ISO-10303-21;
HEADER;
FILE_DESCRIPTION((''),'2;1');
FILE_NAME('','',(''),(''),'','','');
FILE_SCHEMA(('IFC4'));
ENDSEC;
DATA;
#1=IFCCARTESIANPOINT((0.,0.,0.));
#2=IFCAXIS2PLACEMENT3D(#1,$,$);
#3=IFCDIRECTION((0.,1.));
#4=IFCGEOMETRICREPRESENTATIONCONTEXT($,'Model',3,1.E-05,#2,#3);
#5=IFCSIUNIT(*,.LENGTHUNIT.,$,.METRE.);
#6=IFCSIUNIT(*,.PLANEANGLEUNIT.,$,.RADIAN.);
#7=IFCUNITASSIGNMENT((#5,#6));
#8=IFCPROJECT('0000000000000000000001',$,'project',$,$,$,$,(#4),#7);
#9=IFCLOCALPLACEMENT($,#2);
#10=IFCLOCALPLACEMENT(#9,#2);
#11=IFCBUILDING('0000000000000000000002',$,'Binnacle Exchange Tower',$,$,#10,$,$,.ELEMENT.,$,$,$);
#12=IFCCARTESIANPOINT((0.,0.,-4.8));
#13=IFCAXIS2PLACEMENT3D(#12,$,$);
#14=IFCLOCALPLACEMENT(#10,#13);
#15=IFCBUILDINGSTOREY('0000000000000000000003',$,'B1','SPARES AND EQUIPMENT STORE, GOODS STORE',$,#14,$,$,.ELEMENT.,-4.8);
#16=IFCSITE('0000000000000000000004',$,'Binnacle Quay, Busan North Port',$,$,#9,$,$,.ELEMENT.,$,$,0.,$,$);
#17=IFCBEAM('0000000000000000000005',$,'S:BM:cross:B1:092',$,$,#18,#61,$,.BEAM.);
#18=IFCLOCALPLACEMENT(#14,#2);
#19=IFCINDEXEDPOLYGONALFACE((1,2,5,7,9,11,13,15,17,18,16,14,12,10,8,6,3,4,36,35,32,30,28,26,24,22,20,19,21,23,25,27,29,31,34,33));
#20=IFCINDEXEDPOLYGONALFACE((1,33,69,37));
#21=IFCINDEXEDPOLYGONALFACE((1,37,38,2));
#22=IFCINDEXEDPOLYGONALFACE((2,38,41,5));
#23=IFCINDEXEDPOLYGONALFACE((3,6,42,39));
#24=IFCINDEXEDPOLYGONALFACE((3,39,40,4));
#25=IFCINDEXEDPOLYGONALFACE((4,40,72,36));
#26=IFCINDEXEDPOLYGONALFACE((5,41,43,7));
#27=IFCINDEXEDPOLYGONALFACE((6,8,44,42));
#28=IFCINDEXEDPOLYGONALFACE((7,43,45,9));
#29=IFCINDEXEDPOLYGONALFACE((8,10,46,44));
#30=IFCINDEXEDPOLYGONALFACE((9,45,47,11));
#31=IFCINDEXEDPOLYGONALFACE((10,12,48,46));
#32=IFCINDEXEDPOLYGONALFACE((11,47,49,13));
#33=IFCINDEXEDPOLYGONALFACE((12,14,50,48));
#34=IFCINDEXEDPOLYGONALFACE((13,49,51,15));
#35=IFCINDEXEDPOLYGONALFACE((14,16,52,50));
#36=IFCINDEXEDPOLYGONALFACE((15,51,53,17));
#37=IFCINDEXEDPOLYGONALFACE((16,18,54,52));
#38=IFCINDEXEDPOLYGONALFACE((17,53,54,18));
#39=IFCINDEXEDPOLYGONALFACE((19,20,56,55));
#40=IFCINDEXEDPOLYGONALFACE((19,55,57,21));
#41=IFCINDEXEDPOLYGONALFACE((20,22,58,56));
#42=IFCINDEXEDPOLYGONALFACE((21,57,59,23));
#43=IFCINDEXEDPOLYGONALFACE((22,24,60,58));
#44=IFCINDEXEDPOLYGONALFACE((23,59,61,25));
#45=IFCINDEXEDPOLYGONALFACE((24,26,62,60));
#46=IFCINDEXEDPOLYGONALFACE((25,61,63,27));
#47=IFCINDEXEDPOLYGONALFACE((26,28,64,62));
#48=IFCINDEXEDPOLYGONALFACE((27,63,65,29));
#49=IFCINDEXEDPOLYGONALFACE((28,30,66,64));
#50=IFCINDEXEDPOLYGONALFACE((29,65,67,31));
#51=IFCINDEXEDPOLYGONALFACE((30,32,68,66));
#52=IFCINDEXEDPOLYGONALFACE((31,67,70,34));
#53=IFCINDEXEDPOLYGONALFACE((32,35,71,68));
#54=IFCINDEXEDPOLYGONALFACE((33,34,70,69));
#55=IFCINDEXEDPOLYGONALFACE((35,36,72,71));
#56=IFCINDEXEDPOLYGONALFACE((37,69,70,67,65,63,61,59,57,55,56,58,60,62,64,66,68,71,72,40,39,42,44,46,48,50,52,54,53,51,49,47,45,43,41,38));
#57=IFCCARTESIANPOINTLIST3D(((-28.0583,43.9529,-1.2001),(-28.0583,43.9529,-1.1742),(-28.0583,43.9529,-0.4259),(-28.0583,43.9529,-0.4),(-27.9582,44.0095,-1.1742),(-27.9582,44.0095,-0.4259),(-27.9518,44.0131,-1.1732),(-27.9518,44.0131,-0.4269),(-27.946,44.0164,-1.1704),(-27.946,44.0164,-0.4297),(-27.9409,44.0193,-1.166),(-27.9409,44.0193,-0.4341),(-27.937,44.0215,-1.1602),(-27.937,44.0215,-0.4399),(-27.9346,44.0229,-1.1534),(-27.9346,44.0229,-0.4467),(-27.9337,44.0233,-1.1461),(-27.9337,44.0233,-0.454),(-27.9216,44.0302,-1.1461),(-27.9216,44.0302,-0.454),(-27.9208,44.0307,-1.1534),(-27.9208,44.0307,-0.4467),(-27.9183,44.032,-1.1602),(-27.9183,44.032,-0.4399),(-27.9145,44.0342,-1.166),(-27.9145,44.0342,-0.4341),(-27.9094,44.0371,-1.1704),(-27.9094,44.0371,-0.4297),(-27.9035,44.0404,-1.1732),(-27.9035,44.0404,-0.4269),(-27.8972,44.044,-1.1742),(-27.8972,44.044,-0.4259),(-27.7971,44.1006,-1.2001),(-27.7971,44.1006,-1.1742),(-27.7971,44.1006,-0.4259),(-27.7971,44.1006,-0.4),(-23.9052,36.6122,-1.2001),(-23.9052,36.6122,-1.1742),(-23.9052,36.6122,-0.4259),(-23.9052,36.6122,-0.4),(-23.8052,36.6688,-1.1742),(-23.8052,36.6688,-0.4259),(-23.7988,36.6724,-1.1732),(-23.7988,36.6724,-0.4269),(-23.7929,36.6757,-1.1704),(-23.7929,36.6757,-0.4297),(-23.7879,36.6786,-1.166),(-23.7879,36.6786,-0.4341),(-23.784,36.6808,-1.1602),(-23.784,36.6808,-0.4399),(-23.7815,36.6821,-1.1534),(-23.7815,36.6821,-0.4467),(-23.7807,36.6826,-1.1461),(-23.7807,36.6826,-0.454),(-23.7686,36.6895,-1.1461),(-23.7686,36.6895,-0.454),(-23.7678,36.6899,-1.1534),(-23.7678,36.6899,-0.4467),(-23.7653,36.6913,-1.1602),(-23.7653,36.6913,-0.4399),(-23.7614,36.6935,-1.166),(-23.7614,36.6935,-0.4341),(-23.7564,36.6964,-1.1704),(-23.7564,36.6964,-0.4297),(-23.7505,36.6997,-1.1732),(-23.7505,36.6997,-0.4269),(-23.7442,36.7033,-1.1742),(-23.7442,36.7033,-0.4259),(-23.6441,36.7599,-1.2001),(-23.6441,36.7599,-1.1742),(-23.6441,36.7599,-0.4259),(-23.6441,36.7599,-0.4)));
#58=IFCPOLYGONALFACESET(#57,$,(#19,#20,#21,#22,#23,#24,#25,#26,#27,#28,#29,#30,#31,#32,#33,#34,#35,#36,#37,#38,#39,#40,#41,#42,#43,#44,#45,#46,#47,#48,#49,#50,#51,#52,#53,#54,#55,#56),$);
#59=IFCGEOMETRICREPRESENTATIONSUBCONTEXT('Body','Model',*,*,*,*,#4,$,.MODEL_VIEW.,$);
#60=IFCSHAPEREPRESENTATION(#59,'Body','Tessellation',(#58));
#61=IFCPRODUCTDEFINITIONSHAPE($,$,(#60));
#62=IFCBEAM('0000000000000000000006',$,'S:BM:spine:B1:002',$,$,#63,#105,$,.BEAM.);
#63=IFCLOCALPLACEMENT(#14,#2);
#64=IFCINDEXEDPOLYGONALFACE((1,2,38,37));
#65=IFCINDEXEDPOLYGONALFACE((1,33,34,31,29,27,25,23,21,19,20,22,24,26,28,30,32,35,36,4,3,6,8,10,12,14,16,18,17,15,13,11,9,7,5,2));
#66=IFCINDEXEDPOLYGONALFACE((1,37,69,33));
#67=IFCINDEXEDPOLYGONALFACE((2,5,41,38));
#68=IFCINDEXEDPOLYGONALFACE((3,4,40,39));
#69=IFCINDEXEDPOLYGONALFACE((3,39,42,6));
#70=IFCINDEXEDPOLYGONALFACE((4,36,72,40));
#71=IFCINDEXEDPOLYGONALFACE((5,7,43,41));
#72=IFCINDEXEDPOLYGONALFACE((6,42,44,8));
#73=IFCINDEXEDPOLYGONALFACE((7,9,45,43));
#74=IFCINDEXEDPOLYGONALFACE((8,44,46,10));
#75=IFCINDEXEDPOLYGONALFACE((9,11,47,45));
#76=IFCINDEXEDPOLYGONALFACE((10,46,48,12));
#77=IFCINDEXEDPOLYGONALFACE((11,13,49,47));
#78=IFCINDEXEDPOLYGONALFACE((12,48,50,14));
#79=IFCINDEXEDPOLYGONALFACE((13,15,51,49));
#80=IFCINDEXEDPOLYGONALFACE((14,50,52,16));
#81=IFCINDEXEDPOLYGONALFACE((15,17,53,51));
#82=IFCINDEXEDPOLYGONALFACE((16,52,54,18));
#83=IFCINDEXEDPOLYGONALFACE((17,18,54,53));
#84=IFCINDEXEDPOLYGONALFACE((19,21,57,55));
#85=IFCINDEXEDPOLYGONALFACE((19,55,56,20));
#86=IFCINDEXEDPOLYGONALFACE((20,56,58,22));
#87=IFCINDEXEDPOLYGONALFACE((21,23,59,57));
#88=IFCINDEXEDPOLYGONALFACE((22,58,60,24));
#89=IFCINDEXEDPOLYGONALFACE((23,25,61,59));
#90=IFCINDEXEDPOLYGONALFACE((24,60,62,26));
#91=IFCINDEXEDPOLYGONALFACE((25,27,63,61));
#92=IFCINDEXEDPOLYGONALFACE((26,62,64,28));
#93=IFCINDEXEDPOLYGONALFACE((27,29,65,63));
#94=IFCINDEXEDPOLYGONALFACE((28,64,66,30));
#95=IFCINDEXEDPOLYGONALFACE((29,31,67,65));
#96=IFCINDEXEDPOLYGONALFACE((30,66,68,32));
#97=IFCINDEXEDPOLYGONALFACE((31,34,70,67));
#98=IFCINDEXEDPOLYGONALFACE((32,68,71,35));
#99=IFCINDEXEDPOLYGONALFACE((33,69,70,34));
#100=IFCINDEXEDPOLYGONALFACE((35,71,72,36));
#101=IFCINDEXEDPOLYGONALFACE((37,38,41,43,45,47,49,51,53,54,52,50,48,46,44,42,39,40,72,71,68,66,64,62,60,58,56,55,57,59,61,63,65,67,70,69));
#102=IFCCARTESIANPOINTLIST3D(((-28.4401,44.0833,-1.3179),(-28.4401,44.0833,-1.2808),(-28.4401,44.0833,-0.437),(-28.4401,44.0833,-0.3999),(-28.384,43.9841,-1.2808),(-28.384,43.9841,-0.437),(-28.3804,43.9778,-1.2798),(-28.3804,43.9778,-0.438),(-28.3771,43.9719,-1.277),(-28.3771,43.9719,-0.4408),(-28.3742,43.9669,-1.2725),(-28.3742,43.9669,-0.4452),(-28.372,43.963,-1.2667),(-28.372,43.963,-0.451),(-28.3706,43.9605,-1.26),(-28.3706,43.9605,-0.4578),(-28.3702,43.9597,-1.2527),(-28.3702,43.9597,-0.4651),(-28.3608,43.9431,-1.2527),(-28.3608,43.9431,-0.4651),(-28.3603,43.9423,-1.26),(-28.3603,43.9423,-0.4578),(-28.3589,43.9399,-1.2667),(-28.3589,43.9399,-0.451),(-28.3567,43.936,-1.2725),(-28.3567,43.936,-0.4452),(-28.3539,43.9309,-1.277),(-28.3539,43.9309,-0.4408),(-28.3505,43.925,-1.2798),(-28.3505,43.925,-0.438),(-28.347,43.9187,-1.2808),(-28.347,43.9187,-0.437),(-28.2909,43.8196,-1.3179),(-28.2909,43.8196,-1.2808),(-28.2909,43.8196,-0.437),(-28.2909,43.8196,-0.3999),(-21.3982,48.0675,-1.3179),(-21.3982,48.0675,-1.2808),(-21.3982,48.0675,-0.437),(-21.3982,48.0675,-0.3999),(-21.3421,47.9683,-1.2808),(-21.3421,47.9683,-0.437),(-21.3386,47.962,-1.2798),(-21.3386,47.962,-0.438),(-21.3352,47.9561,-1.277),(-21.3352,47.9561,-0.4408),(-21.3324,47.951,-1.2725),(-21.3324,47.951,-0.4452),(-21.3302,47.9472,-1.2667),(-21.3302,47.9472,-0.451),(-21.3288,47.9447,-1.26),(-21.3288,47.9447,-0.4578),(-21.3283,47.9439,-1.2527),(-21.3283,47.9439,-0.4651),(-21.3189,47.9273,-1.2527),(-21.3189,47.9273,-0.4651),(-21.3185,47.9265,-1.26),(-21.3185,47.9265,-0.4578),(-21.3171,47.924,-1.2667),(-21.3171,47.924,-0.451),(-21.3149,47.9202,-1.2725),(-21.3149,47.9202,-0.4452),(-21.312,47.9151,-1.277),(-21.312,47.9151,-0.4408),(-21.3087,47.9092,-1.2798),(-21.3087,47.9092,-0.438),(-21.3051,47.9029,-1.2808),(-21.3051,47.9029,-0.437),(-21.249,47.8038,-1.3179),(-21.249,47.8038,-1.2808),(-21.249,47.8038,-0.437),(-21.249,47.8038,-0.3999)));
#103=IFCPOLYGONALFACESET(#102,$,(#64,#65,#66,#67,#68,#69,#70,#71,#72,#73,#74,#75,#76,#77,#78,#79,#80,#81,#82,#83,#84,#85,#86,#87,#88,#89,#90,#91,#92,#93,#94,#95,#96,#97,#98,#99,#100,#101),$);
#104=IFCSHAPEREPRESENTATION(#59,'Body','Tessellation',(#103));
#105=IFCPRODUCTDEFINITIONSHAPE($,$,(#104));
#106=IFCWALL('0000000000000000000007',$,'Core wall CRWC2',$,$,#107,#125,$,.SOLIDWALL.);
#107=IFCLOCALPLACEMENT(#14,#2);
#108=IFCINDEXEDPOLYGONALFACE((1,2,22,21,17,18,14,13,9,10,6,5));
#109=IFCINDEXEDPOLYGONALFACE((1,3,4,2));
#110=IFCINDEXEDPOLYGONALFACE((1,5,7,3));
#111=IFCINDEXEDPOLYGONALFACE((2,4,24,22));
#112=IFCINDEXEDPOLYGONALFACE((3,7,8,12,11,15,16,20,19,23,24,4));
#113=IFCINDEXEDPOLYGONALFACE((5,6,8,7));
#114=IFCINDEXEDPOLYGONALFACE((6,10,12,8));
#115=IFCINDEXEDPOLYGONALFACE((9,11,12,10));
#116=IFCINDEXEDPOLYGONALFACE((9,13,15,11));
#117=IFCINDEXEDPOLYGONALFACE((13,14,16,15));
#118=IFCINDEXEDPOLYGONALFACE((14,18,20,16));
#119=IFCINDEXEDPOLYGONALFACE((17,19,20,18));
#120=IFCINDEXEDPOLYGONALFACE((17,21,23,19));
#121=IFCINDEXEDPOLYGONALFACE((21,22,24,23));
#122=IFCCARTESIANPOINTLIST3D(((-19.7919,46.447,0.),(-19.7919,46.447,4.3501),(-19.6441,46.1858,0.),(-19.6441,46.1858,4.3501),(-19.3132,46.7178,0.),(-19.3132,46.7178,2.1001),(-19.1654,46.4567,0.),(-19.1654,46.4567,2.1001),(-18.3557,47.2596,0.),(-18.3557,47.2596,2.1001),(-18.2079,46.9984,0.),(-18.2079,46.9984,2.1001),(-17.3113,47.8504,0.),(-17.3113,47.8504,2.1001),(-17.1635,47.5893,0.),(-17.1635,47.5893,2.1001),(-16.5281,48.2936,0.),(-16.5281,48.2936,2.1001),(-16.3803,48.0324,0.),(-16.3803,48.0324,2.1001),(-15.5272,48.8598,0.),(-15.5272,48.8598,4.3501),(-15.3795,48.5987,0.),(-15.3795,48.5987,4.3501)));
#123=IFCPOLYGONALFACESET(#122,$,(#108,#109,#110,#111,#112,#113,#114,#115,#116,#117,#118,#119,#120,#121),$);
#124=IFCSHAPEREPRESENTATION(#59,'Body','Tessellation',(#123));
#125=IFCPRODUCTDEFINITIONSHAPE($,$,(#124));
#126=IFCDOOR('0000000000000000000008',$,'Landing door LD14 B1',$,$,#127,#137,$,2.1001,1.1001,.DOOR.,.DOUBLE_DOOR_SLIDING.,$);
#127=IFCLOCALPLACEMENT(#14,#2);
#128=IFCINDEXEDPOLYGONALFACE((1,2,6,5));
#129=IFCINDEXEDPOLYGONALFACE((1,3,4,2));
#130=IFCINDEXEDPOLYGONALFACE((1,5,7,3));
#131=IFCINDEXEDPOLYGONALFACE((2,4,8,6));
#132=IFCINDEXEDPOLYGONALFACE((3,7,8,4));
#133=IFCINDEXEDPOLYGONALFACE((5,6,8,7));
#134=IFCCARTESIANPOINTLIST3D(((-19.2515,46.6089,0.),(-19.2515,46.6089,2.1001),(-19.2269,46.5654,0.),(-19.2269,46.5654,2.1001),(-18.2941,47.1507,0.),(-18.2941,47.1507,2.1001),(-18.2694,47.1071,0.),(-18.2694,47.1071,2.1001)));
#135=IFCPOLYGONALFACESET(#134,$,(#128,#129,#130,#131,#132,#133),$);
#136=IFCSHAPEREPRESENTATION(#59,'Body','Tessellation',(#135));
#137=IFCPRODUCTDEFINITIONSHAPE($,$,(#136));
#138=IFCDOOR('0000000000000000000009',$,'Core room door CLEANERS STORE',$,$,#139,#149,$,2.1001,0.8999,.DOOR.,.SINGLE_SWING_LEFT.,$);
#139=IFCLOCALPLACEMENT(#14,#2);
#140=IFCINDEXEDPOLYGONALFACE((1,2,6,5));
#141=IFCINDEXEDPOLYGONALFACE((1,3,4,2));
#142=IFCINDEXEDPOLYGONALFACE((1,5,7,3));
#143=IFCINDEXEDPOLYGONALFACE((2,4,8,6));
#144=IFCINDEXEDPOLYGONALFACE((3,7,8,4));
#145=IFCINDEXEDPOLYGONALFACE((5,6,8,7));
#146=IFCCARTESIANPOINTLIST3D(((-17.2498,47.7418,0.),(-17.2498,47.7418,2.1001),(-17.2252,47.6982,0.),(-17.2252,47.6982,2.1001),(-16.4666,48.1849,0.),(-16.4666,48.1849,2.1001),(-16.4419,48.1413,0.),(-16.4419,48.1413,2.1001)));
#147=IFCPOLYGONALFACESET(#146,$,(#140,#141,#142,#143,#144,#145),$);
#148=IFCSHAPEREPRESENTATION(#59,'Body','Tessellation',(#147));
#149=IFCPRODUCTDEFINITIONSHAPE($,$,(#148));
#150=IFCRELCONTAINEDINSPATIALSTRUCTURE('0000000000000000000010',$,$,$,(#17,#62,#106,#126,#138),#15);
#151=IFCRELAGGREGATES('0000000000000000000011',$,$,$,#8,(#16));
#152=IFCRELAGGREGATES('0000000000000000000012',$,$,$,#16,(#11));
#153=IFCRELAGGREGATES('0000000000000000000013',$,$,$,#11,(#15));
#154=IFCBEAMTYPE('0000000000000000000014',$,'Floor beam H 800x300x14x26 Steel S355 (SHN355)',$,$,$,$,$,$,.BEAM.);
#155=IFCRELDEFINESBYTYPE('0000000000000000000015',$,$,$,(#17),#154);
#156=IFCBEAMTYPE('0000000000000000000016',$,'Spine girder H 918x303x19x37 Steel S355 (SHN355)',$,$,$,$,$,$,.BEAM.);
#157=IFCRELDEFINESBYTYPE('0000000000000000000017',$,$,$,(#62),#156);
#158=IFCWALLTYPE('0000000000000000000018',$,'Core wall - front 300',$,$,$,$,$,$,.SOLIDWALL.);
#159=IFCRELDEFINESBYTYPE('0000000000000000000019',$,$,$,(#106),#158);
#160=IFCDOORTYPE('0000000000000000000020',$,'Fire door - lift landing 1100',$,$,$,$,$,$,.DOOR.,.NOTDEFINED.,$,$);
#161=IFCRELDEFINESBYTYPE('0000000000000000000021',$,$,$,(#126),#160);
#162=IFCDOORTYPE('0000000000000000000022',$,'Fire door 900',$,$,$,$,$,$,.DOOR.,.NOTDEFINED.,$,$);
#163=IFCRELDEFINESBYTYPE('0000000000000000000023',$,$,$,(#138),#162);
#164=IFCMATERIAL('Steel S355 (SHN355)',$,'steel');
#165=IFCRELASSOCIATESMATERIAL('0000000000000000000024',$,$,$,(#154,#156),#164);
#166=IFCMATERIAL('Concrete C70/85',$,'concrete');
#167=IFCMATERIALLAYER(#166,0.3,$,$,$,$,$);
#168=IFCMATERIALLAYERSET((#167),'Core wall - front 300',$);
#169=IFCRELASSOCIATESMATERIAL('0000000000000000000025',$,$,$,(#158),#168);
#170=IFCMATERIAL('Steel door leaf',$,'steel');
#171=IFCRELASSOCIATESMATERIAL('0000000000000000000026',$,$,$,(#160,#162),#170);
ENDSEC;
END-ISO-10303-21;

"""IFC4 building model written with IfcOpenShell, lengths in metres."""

from ifc_helpers import new_model, si_unit, direction, frame, frame_2d, origin, origin_2d, place, context, subcontext, project, spatial, rectangle, i_section, extrude, material, layer, layer_set, material_profile, profile_set, type_object, element, fill, save


model = new_model("IFC4")

# Units and contexts
model_context = context("Model", 3, precision=1e-05, world=origin(), true_north=direction((0.0, 1.0)))
body_context = subcontext(model_context, "Body", "Model", "MODEL_VIEW")
ifc_project = project(units=[si_unit("LENGTHUNIT", "METRE"), si_unit("PLANEANGLEUNIT", "RADIAN")], contexts=[model_context])

# Site, building, storey
site_placement = place(None, origin())
site = spatial("IfcSite", under=ifc_project, at=site_placement, Name="Binnacle Quay, Busan North Port", CompositionType="ELEMENT", RefElevation=0.0)
building_placement = place(site_placement, origin())
building = spatial("IfcBuilding", under=site, at=building_placement, Name="Binnacle Exchange Tower", CompositionType="ELEMENT")
storey_placement = place(building_placement, frame((0.0, 0.0, -4.8)))
storey = spatial("IfcBuildingStorey", under=building, at=storey_placement, Name="B1", Description="SPARES AND EQUIPMENT STORE, GOODS STORE", CompositionType="ELEMENT", Elevation=-4.8)

# Shared definitions
ifc_material_1 = material(Name="Concrete C70/85", Category="concrete")

# Beams
ifc_material_2 = material(Name="Steel S355 (SHN355)", Category="steel")
ifc_material_profile_1 = material_profile(ifc_material_2, i_section(OverallWidth=0.3, OverallDepth=0.8, WebThickness=0.0139, FlangeThickness=0.0259, FilletRadius=0.0281, at=origin_2d()), Name="H 800x300x14x26")
ifc_profile_set_1 = profile_set([ifc_material_profile_1], Name="Steel S355 (SHN355)")
beam_type_1 = type_object("IfcBeamType", Name="Floor beam H 800x300x14x26 Steel S355 (SHN355)", PredefinedType="BEAM", material=ifc_profile_set_1)
beam_1_placement = place(storey_placement, frame((-23.7747, 36.686, -0.8), z_axis=(-0.492409, 0.870364, 0.0), x_axis=(-0.870364, -0.492409, 0.0)))
element("IfcBeam", 1, at=beam_1_placement, inside=storey, type_object=beam_type_1, Name="S:BM:cross:B1:092", PredefinedType="BEAM", context=body_context, shape_type="SweptSolid", body=[
    extrude(i_section(OverallWidth=0.3, OverallDepth=0.8, WebThickness=0.0139, FlangeThickness=0.0259, FilletRadius=0.0281, at=origin_2d()), origin(), (0.0, 0.0, 1.0), 8.4341),
])
ifc_material_profile_2 = material_profile(ifc_material_2, i_section(OverallWidth=0.303, OverallDepth=0.918, WebThickness=0.019, FlangeThickness=0.0371, FilletRadius=0.0281, at=origin_2d()), Name="H 918x303x19x37")
ifc_profile_set_2 = profile_set([ifc_material_profile_2], Name="Steel S355 (SHN355)")
beam_type_2 = type_object("IfcBeamType", Name="Spine girder H 918x303x19x37 Steel S355 (SHN355)", PredefinedType="BEAM", material=ifc_profile_set_2)
beam_2_placement = place(storey_placement, frame((-28.3655, 43.9514, -0.8589), z_axis=(0.87035, 0.492433, 0.0), x_axis=(-0.492433, 0.87035, 0.0)))
element("IfcBeam", 2, at=beam_2_placement, inside=storey, type_object=beam_type_2, Name="S:BM:spine:B1:002", PredefinedType="BEAM", context=body_context, shape_type="SweptSolid", body=[
    extrude(i_section(OverallWidth=0.303, OverallDepth=0.918, WebThickness=0.019, FlangeThickness=0.0371, FilletRadius=0.0281, at=origin_2d()), origin(), (0.0, 0.0, 1.0), 8.0908),
])

# Wall, openings, doors
ifc_layer_1 = layer(ifc_material_1, 0.3)
ifc_layer_set_1 = layer_set([ifc_layer_1], Name="Core wall - front 300")
wall_type_1 = type_object("IfcWallType", Name="Core wall - front 300", PredefinedType="SOLIDWALL", material=ifc_layer_set_1)
wall_1_placement = place(storey_placement, frame((-19.718, 46.3164, 0.0), z_axis=(0.0, 0.0, 1.0), x_axis=(0.870354, 0.492427, 0.0)))
wall_1 = element("IfcWall", 3, at=wall_1_placement, inside=storey, type_object=wall_type_1, Name="Core wall CRWC2", PredefinedType="SOLIDWALL", context=body_context, shape_type="SweptSolid", body=[
    extrude(rectangle(XDim=4.8999, YDim=0.3, at=frame_2d((2.45, 0.0))), origin(), (0.0, 0.0, 1.0), 4.3501),
])
opening_1_placement = place(wall_1_placement, frame((0.55, 0.0, 0.0)))
opening_1 = element("IfcOpeningElement", 4, at=opening_1_placement, cuts=wall_1, PredefinedType="OPENING", context=body_context, shape_type="SweptSolid", body=[
    extrude(rectangle(XDim=1.1001, YDim=2.1001, at=frame_2d((0.55, 1.05))), frame((0.0, 0.1599, 0.0), z_axis=(0.0, -1.0, 0.0), x_axis=(1.0, 0.0, 0.0)), (0.0, 0.0, 1.0), 0.3201),
])
opening_2_placement = place(wall_1_placement, frame((2.8501, 0.0, 0.0)))
opening_2 = element("IfcOpeningElement", 5, at=opening_2_placement, cuts=wall_1, PredefinedType="OPENING", context=body_context, shape_type="SweptSolid", body=[
    extrude(rectangle(XDim=0.8999, YDim=2.1001, at=frame_2d((0.45, 1.05))), frame((0.0, 0.1599, 0.0), z_axis=(0.0, -1.0, 0.0), x_axis=(1.0, 0.0, 0.0)), (0.0, 0.0, 1.0), 0.3201),
])
ifc_material_3 = material(Name="Steel door leaf", Category="steel")
door_type_1 = type_object("IfcDoorType", Name="Fire door - lift landing 1100", OperationType="NOTDEFINED", PredefinedType="DOOR", material=ifc_material_3)
door_1_placement = place(opening_1_placement, origin())
door_1 = element("IfcDoor", 6, at=door_1_placement, inside=storey, type_object=door_type_1, Name="Landing door LD14 B1", OperationType="DOUBLE_DOOR_SLIDING", OverallHeight=2.1001, OverallWidth=1.1001, PredefinedType="DOOR", context=body_context, shape_type="SweptSolid", body=[
    extrude(rectangle(XDim=1.1001, YDim=2.1001, at=frame_2d((0.55, 1.05))), frame((0.0, 0.0249, 0.0), z_axis=(0.0, -1.0, 0.0), x_axis=(1.0, 0.0, 0.0)), (0.0, 0.0, 1.0), 0.05),
])
fill(opening_1, door_1)
door_type_2 = type_object("IfcDoorType", Name="Fire door 900", OperationType="NOTDEFINED", PredefinedType="DOOR", material=ifc_material_3)
door_2_placement = place(opening_2_placement, frame((0.8999, 0.0, 0.0), z_axis=(0.0, 0.0, 1.0), x_axis=(-1.0, 0.0, 0.0)))
door_2 = element("IfcDoor", 7, at=door_2_placement, inside=storey, type_object=door_type_2, Name="Core room door CLEANERS STORE", OperationType="SINGLE_SWING_LEFT", OverallHeight=2.1001, OverallWidth=0.8999, PredefinedType="DOOR", context=body_context, shape_type="SweptSolid", body=[
    extrude(rectangle(XDim=0.8999, YDim=2.1001, at=frame_2d((0.45, 1.05))), frame((0.0, 0.0249, 0.0), z_axis=(0.0, -1.0, 0.0), x_axis=(1.0, 0.0, 0.0)), (0.0, 0.0, 1.0), 0.05),
])
fill(opening_2, door_2)

save(model, "model.ifc")
